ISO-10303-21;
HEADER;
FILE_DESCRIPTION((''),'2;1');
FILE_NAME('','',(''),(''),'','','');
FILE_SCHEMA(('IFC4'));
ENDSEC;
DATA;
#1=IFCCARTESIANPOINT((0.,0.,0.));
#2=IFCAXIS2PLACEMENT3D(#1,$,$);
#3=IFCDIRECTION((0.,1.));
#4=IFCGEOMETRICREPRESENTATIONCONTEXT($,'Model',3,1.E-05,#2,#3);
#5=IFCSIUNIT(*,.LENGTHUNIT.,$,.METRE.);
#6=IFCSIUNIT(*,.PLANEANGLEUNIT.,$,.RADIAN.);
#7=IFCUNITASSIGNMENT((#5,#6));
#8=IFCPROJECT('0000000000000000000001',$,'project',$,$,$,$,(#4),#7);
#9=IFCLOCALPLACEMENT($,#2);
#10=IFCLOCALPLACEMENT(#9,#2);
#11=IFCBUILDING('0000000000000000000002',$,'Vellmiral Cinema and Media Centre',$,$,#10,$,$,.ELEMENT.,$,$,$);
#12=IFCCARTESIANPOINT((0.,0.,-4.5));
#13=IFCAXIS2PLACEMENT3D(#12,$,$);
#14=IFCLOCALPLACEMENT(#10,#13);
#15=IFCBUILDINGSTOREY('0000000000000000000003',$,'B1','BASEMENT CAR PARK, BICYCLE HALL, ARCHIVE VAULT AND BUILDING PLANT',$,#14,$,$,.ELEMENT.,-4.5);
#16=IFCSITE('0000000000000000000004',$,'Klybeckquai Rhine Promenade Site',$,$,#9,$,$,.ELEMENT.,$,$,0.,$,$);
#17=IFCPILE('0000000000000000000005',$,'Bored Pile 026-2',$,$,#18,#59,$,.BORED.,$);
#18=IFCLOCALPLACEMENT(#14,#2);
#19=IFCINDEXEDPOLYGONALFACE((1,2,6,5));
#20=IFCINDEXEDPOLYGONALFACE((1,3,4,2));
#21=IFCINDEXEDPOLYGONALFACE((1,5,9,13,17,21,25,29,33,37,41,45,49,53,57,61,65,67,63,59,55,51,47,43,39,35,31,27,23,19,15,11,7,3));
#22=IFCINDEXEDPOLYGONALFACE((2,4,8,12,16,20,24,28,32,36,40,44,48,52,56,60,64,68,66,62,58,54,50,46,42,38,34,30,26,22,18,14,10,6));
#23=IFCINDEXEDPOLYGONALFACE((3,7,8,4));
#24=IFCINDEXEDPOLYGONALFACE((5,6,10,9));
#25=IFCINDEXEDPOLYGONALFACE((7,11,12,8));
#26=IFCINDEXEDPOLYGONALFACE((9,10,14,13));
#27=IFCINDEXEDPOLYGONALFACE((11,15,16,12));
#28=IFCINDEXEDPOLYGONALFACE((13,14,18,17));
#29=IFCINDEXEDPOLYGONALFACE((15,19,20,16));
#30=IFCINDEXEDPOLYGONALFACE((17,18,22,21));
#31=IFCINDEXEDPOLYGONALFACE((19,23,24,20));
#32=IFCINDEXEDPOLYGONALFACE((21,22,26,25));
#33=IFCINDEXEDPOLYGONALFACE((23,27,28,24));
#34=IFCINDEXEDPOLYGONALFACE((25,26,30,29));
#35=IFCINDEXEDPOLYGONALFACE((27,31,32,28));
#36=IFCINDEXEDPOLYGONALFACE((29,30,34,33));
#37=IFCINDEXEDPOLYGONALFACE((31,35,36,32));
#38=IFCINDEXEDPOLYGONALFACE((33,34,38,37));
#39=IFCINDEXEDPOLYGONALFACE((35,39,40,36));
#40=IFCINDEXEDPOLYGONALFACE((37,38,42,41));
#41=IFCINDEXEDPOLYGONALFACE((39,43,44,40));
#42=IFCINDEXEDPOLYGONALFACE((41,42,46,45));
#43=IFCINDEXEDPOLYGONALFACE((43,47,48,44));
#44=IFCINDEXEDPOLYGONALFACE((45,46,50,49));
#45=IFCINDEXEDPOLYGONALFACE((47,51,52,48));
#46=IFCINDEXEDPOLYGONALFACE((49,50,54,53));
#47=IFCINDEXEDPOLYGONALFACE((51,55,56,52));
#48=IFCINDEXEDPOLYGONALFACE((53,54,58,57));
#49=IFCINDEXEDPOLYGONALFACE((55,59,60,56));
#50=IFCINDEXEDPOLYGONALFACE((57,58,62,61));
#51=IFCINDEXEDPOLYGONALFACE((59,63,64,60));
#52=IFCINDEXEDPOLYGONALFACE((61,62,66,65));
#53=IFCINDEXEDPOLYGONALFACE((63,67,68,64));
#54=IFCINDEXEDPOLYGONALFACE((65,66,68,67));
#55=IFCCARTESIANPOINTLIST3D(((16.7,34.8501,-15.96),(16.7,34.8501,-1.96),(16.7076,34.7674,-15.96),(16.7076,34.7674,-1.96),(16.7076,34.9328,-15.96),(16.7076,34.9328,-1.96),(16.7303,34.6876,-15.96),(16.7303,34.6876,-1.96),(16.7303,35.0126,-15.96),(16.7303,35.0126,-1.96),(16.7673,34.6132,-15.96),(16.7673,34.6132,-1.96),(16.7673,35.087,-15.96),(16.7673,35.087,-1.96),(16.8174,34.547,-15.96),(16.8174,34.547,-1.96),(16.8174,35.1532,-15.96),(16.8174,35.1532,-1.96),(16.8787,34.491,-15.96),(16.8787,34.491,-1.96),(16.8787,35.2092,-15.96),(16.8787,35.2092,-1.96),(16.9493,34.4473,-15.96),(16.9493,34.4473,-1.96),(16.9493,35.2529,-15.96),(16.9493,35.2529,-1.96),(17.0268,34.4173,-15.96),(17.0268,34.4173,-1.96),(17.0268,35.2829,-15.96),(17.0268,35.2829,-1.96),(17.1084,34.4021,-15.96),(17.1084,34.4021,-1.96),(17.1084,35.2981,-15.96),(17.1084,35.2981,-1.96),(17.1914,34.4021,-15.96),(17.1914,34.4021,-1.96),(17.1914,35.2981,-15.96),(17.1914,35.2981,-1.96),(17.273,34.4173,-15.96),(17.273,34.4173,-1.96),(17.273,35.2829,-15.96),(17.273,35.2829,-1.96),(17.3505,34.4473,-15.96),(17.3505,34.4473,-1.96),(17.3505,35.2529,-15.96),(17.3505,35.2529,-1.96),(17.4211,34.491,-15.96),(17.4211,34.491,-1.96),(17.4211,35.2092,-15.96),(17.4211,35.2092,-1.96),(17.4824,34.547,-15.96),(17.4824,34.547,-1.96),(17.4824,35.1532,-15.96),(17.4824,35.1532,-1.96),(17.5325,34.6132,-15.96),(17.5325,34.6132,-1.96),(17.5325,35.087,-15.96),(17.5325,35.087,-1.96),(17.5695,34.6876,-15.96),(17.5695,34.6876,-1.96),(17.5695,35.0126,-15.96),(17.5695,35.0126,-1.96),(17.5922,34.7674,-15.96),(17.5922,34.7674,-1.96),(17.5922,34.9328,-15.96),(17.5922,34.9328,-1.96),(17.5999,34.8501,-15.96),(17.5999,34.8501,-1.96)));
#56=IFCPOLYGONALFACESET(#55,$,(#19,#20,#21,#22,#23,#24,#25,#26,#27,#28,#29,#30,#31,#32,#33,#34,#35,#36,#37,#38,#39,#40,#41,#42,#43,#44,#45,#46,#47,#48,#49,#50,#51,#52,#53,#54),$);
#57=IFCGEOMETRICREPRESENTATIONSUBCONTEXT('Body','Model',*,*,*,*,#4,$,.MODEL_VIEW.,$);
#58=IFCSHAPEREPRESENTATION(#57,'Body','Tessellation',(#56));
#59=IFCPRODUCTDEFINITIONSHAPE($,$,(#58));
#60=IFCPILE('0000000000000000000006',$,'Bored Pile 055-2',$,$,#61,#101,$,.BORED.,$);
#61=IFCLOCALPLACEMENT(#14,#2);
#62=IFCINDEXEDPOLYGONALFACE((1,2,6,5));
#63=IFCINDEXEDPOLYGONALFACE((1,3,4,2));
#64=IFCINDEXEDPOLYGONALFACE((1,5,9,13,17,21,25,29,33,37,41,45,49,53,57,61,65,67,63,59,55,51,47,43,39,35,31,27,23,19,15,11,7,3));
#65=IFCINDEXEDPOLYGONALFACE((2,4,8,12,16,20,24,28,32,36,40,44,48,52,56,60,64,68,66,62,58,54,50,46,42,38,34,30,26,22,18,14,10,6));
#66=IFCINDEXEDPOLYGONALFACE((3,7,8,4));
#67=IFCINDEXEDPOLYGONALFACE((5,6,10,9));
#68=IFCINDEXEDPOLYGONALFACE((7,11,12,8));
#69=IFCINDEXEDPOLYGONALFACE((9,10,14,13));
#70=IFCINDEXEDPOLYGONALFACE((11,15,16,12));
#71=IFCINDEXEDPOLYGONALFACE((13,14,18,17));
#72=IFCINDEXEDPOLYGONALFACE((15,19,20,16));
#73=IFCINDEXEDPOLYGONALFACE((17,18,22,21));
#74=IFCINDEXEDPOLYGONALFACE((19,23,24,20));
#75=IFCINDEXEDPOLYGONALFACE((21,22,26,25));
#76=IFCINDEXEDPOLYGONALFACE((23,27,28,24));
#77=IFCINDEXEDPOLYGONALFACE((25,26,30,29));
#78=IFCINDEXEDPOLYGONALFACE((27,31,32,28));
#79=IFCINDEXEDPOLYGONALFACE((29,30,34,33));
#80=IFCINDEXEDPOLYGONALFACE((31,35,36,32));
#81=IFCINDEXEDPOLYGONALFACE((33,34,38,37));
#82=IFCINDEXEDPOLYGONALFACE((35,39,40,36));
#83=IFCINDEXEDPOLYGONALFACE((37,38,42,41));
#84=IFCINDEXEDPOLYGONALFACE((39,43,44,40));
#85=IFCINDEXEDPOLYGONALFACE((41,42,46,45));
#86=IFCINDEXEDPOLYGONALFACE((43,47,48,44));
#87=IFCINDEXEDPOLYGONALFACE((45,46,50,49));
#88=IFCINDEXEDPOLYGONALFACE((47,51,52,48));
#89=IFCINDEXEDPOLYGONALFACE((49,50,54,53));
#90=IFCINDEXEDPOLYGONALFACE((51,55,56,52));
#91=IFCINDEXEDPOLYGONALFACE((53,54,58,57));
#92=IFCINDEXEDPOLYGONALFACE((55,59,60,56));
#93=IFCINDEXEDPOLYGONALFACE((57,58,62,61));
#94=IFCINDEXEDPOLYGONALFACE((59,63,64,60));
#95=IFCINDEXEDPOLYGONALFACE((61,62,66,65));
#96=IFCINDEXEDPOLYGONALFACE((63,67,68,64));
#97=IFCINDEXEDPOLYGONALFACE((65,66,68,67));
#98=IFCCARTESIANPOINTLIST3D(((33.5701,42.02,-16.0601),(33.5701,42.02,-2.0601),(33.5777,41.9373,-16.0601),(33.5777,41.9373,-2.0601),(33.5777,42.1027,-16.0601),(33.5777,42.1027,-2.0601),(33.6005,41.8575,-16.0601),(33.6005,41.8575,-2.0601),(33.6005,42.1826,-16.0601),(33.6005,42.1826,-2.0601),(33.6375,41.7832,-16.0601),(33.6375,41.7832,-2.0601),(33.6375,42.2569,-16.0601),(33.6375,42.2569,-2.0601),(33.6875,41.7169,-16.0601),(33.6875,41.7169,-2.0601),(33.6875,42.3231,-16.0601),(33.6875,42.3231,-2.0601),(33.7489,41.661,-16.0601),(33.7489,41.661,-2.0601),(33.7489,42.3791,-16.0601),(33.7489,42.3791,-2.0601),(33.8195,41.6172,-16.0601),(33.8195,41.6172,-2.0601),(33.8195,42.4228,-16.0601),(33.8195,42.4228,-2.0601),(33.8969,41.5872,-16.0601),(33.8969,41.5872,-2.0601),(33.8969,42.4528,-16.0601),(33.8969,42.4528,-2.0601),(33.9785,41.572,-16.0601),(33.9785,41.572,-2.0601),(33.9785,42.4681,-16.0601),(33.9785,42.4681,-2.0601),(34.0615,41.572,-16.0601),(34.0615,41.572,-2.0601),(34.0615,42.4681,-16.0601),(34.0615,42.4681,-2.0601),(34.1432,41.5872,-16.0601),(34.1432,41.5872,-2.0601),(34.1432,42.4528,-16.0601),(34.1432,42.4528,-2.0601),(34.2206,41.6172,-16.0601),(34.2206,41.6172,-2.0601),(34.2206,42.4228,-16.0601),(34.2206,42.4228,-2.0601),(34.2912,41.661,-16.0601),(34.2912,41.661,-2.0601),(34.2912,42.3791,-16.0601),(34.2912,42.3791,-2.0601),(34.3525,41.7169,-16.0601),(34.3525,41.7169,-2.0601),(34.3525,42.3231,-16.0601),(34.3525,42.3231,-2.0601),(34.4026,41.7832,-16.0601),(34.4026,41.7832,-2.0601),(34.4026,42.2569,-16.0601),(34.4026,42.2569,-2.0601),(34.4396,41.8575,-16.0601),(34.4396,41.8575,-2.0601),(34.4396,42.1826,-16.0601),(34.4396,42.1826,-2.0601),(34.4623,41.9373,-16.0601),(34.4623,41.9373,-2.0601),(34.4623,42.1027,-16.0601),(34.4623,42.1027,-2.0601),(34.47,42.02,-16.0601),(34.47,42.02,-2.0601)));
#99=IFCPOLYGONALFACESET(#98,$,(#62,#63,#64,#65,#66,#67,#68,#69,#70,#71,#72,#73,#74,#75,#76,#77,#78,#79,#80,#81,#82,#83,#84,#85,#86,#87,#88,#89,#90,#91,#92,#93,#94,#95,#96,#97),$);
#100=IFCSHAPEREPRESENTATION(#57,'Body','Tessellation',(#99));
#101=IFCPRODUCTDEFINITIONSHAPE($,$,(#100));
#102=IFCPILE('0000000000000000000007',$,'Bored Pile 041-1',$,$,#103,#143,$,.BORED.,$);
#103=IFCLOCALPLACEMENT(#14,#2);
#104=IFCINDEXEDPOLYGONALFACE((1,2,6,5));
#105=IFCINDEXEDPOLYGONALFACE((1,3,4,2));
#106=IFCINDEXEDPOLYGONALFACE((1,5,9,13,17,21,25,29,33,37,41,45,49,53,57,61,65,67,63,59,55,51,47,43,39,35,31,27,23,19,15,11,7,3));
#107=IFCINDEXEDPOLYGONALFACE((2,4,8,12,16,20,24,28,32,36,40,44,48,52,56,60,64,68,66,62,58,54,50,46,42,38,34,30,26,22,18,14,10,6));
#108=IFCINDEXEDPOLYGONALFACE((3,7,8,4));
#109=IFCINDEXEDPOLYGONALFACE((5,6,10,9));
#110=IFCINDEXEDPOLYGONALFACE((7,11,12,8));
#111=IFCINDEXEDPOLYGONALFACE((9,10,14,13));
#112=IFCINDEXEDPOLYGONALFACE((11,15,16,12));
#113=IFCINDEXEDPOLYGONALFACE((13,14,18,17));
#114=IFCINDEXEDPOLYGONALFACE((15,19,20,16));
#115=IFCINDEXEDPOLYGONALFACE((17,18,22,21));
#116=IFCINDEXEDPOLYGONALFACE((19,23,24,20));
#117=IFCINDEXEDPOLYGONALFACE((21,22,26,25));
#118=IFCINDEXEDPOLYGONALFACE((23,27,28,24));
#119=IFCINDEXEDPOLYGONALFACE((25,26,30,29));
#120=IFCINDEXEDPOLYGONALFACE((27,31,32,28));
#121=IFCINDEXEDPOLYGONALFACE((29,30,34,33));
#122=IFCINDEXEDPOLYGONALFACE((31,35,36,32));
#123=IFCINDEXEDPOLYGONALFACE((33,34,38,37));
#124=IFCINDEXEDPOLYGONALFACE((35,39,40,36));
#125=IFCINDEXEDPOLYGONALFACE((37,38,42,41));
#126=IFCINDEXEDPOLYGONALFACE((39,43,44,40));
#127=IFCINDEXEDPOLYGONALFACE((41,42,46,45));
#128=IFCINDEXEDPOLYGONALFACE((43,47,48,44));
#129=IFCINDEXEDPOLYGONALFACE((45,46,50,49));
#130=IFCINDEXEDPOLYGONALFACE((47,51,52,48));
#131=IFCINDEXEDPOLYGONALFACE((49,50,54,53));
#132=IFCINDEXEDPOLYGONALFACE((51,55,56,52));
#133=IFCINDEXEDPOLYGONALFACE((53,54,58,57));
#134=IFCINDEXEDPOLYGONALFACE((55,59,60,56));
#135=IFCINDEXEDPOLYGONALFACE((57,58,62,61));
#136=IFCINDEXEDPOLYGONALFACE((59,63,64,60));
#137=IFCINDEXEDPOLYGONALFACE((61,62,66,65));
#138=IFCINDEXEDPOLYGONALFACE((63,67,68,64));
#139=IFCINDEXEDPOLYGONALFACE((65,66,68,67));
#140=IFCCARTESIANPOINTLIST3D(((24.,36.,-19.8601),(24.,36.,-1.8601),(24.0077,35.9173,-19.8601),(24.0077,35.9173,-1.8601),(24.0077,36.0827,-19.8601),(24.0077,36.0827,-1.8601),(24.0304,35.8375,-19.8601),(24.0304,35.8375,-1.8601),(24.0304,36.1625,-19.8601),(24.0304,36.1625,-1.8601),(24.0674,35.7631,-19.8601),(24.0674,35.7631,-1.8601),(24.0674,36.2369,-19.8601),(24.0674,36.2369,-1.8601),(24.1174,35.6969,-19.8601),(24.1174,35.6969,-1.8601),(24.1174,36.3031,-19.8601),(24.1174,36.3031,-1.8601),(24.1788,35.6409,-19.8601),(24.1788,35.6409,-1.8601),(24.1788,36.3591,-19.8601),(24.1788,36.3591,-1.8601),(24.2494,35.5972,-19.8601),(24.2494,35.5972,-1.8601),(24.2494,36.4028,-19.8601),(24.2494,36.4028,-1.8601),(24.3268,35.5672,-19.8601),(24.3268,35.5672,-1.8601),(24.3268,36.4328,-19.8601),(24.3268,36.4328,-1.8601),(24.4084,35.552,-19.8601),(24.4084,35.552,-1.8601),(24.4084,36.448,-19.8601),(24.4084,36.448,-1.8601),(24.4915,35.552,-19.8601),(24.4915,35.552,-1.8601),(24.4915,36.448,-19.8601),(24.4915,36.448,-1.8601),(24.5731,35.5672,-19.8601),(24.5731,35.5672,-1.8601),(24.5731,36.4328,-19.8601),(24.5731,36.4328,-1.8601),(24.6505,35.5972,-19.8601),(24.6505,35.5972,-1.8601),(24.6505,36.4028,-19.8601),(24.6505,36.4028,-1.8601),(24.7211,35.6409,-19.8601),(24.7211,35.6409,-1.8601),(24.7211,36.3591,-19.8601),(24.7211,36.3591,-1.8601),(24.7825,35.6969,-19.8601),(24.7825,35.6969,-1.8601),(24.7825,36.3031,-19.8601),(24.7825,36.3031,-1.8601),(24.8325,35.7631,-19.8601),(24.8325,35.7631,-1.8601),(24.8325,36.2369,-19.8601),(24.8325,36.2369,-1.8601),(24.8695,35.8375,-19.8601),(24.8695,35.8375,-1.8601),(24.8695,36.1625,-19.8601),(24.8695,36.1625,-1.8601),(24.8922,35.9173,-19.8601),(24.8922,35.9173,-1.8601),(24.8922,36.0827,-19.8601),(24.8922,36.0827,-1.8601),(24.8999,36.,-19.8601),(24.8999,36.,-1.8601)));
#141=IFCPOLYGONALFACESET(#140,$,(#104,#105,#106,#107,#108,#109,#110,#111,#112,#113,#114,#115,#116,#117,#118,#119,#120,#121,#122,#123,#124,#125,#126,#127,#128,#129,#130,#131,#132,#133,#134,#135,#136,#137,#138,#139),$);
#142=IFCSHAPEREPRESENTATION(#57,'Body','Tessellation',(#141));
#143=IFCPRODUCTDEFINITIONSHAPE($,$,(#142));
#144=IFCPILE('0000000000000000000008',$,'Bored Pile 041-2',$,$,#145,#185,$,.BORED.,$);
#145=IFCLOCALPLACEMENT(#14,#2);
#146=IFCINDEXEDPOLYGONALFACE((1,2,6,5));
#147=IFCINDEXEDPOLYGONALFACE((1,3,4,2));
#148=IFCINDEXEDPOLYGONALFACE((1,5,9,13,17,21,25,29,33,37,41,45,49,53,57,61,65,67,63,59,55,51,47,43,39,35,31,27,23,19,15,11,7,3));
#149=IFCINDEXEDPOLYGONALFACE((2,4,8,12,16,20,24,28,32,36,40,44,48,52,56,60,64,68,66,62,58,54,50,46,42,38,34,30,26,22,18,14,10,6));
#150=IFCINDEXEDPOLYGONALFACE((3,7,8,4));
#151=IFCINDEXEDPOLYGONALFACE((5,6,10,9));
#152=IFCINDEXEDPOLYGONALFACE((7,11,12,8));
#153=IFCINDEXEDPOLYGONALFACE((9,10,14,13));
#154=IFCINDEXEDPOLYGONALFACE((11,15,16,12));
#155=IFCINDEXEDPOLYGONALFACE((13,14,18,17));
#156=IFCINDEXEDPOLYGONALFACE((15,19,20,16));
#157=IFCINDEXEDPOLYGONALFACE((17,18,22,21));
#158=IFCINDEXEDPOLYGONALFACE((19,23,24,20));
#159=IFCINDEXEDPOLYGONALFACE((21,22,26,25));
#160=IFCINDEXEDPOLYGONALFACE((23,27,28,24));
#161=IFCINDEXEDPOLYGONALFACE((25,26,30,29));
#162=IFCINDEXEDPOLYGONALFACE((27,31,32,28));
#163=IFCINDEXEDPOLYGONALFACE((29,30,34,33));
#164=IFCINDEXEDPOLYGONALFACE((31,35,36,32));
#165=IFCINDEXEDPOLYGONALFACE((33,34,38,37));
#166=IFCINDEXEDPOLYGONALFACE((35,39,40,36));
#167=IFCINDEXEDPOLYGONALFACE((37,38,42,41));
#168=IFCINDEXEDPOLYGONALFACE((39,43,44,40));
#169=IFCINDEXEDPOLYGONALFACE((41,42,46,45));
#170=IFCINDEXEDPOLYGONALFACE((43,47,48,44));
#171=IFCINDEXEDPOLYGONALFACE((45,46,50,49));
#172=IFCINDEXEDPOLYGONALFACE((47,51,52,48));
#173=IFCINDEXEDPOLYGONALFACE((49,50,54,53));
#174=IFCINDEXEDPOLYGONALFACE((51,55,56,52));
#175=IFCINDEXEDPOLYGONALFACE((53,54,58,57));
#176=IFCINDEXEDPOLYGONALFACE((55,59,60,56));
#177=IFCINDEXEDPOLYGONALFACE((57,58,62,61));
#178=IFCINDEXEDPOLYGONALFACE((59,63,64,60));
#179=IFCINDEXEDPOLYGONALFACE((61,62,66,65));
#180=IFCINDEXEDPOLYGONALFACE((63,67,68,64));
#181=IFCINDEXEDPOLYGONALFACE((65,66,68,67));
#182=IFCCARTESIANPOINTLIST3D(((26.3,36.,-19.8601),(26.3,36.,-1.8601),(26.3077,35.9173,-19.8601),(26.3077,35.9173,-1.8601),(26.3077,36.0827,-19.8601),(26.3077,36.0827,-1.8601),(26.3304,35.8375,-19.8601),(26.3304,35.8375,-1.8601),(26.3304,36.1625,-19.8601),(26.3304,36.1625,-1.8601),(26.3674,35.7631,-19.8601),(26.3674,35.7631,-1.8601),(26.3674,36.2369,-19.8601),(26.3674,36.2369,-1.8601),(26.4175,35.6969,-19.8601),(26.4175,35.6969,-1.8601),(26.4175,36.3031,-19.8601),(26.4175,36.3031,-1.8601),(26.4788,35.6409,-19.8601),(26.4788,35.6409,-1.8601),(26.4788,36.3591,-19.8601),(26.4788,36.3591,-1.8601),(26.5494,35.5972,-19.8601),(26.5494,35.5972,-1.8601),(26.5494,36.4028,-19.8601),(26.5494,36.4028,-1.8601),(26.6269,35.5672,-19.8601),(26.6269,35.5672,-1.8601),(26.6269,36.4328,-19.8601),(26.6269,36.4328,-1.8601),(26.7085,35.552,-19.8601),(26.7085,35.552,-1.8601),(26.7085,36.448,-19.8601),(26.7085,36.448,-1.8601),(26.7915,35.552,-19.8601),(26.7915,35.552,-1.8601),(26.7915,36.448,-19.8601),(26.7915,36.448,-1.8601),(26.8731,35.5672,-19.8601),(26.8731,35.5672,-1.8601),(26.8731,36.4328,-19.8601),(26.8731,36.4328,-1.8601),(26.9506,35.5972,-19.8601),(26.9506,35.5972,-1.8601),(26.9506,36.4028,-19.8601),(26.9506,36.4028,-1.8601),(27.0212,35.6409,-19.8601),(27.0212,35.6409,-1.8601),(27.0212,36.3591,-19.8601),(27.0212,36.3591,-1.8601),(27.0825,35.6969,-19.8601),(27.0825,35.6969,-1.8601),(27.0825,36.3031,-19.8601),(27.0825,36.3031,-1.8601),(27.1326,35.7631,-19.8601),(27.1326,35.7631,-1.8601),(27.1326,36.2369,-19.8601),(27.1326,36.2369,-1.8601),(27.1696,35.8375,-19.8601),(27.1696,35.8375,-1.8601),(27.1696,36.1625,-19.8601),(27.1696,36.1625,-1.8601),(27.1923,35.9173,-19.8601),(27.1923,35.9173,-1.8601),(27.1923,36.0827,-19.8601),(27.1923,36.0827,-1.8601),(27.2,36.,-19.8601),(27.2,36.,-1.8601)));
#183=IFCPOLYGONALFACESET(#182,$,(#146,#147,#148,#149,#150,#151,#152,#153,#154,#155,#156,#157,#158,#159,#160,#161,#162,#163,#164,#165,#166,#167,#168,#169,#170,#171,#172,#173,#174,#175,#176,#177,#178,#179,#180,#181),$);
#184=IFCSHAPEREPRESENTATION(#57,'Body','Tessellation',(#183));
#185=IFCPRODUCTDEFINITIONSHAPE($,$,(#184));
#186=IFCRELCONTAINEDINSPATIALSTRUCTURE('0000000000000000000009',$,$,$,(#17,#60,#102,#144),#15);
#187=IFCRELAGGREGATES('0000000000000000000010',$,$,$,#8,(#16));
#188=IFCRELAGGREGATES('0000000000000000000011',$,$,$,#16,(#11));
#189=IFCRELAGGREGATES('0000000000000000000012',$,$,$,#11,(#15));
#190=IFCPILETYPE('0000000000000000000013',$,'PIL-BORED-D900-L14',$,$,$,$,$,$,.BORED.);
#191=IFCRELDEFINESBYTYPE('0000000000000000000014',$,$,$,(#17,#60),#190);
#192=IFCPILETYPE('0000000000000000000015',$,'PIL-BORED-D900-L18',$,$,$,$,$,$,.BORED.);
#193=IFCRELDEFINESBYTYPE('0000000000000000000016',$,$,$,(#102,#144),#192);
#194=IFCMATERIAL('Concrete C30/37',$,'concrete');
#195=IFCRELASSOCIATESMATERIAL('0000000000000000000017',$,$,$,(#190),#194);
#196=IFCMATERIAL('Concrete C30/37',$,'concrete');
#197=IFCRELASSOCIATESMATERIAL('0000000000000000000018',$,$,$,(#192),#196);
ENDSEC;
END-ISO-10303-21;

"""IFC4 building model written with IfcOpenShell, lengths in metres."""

from ifc_helpers import new_model, si_unit, direction, frame, origin, origin_2d, place, context, subcontext, project, spatial, circle, extrude, material, material_profile, profile_set, type_object, element, save


model = new_model("IFC4")

# Units and contexts
model_context = context("Model", 3, precision=1e-05, world=origin(), true_north=direction((0.0, 1.0)))
body_context = subcontext(model_context, "Body", "Model", "MODEL_VIEW")
ifc_project = project(units=[si_unit("LENGTHUNIT", "METRE"), si_unit("PLANEANGLEUNIT", "RADIAN")], contexts=[model_context])

# Site, building, storey
site_placement = place(None, origin())
site = spatial("IfcSite", under=ifc_project, at=site_placement, Name="Klybeckquai Rhine Promenade Site", CompositionType="ELEMENT", RefElevation=0.0)
building_placement = place(site_placement, origin())
building = spatial("IfcBuilding", under=site, at=building_placement, Name="Vellmiral Cinema and Media Centre", CompositionType="ELEMENT")
storey_placement = place(building_placement, frame((0.0, 0.0, -4.5)))
storey = spatial("IfcBuildingStorey", under=building, at=storey_placement, Name="B1", Description="BASEMENT CAR PARK, BICYCLE HALL, ARCHIVE VAULT AND BUILDING PLANT", CompositionType="ELEMENT", Elevation=-4.5)

# Piles
ifc_material_1 = material(Name="Concrete C30/37", Category="concrete")
ifc_material_profile_1 = material_profile(ifc_material_1, circle(Radius=0.45, at=origin_2d()), Name="PILE D900")
ifc_profile_set_1 = profile_set([ifc_material_profile_1], Name="Concrete C30/37")
pile_type_1 = type_object("IfcPileType", Name="PIL-BORED-D900-L14", PredefinedType="BORED", material=ifc_profile_set_1)
for number, where, z_axis, x_axis, name in (
    (1, (17.1499, 34.8501, -1.96), (0.0, 0.0, -1.0), (1.0, 0.0, 0.0), "Bored Pile 026-2"),
    (2, (34.02, 42.02, -2.0601), (0.0, 0.0, -1.0), (1.0, 0.0, 0.0), "Bored Pile 055-2"),
):
    element("IfcPile", number, at=place(storey_placement, frame(where, z_axis=z_axis, x_axis=x_axis)), inside=storey, type_object=pile_type_1, Name=name, PredefinedType="BORED", context=body_context, shape_type="SweptSolid", body=[
        extrude(circle(Radius=0.45, at=origin_2d()), origin(), (0.0, 0.0, 1.0), 14.0),
    ])
ifc_material_2 = material(Name="Concrete C30/37", Category="concrete")
ifc_material_profile_2 = material_profile(ifc_material_2, circle(Radius=0.45, at=origin_2d()), Name="PILE D900")
ifc_profile_set_2 = profile_set([ifc_material_profile_2], Name="Concrete C30/37")
pile_type_2 = type_object("IfcPileType", Name="PIL-BORED-D900-L18", PredefinedType="BORED", material=ifc_profile_set_2)
for number, where, z_axis, x_axis, name in (
    (3, (24.45, 36.0, -1.8601), (0.0, 0.0, -1.0), (1.0, 0.0, 0.0), "Bored Pile 041-1"),
    (4, (26.75, 36.0, -1.8601), (0.0, 0.0, -1.0), (1.0, 0.0, 0.0), "Bored Pile 041-2"),
):
    element("IfcPile", number, at=place(storey_placement, frame(where, z_axis=z_axis, x_axis=x_axis)), inside=storey, type_object=pile_type_2, Name=name, PredefinedType="BORED", context=body_context, shape_type="SweptSolid", body=[
        extrude(circle(Radius=0.45, at=origin_2d()), origin(), (0.0, 0.0, 1.0), 18.0),
    ])

save(model, "model.ifc")
